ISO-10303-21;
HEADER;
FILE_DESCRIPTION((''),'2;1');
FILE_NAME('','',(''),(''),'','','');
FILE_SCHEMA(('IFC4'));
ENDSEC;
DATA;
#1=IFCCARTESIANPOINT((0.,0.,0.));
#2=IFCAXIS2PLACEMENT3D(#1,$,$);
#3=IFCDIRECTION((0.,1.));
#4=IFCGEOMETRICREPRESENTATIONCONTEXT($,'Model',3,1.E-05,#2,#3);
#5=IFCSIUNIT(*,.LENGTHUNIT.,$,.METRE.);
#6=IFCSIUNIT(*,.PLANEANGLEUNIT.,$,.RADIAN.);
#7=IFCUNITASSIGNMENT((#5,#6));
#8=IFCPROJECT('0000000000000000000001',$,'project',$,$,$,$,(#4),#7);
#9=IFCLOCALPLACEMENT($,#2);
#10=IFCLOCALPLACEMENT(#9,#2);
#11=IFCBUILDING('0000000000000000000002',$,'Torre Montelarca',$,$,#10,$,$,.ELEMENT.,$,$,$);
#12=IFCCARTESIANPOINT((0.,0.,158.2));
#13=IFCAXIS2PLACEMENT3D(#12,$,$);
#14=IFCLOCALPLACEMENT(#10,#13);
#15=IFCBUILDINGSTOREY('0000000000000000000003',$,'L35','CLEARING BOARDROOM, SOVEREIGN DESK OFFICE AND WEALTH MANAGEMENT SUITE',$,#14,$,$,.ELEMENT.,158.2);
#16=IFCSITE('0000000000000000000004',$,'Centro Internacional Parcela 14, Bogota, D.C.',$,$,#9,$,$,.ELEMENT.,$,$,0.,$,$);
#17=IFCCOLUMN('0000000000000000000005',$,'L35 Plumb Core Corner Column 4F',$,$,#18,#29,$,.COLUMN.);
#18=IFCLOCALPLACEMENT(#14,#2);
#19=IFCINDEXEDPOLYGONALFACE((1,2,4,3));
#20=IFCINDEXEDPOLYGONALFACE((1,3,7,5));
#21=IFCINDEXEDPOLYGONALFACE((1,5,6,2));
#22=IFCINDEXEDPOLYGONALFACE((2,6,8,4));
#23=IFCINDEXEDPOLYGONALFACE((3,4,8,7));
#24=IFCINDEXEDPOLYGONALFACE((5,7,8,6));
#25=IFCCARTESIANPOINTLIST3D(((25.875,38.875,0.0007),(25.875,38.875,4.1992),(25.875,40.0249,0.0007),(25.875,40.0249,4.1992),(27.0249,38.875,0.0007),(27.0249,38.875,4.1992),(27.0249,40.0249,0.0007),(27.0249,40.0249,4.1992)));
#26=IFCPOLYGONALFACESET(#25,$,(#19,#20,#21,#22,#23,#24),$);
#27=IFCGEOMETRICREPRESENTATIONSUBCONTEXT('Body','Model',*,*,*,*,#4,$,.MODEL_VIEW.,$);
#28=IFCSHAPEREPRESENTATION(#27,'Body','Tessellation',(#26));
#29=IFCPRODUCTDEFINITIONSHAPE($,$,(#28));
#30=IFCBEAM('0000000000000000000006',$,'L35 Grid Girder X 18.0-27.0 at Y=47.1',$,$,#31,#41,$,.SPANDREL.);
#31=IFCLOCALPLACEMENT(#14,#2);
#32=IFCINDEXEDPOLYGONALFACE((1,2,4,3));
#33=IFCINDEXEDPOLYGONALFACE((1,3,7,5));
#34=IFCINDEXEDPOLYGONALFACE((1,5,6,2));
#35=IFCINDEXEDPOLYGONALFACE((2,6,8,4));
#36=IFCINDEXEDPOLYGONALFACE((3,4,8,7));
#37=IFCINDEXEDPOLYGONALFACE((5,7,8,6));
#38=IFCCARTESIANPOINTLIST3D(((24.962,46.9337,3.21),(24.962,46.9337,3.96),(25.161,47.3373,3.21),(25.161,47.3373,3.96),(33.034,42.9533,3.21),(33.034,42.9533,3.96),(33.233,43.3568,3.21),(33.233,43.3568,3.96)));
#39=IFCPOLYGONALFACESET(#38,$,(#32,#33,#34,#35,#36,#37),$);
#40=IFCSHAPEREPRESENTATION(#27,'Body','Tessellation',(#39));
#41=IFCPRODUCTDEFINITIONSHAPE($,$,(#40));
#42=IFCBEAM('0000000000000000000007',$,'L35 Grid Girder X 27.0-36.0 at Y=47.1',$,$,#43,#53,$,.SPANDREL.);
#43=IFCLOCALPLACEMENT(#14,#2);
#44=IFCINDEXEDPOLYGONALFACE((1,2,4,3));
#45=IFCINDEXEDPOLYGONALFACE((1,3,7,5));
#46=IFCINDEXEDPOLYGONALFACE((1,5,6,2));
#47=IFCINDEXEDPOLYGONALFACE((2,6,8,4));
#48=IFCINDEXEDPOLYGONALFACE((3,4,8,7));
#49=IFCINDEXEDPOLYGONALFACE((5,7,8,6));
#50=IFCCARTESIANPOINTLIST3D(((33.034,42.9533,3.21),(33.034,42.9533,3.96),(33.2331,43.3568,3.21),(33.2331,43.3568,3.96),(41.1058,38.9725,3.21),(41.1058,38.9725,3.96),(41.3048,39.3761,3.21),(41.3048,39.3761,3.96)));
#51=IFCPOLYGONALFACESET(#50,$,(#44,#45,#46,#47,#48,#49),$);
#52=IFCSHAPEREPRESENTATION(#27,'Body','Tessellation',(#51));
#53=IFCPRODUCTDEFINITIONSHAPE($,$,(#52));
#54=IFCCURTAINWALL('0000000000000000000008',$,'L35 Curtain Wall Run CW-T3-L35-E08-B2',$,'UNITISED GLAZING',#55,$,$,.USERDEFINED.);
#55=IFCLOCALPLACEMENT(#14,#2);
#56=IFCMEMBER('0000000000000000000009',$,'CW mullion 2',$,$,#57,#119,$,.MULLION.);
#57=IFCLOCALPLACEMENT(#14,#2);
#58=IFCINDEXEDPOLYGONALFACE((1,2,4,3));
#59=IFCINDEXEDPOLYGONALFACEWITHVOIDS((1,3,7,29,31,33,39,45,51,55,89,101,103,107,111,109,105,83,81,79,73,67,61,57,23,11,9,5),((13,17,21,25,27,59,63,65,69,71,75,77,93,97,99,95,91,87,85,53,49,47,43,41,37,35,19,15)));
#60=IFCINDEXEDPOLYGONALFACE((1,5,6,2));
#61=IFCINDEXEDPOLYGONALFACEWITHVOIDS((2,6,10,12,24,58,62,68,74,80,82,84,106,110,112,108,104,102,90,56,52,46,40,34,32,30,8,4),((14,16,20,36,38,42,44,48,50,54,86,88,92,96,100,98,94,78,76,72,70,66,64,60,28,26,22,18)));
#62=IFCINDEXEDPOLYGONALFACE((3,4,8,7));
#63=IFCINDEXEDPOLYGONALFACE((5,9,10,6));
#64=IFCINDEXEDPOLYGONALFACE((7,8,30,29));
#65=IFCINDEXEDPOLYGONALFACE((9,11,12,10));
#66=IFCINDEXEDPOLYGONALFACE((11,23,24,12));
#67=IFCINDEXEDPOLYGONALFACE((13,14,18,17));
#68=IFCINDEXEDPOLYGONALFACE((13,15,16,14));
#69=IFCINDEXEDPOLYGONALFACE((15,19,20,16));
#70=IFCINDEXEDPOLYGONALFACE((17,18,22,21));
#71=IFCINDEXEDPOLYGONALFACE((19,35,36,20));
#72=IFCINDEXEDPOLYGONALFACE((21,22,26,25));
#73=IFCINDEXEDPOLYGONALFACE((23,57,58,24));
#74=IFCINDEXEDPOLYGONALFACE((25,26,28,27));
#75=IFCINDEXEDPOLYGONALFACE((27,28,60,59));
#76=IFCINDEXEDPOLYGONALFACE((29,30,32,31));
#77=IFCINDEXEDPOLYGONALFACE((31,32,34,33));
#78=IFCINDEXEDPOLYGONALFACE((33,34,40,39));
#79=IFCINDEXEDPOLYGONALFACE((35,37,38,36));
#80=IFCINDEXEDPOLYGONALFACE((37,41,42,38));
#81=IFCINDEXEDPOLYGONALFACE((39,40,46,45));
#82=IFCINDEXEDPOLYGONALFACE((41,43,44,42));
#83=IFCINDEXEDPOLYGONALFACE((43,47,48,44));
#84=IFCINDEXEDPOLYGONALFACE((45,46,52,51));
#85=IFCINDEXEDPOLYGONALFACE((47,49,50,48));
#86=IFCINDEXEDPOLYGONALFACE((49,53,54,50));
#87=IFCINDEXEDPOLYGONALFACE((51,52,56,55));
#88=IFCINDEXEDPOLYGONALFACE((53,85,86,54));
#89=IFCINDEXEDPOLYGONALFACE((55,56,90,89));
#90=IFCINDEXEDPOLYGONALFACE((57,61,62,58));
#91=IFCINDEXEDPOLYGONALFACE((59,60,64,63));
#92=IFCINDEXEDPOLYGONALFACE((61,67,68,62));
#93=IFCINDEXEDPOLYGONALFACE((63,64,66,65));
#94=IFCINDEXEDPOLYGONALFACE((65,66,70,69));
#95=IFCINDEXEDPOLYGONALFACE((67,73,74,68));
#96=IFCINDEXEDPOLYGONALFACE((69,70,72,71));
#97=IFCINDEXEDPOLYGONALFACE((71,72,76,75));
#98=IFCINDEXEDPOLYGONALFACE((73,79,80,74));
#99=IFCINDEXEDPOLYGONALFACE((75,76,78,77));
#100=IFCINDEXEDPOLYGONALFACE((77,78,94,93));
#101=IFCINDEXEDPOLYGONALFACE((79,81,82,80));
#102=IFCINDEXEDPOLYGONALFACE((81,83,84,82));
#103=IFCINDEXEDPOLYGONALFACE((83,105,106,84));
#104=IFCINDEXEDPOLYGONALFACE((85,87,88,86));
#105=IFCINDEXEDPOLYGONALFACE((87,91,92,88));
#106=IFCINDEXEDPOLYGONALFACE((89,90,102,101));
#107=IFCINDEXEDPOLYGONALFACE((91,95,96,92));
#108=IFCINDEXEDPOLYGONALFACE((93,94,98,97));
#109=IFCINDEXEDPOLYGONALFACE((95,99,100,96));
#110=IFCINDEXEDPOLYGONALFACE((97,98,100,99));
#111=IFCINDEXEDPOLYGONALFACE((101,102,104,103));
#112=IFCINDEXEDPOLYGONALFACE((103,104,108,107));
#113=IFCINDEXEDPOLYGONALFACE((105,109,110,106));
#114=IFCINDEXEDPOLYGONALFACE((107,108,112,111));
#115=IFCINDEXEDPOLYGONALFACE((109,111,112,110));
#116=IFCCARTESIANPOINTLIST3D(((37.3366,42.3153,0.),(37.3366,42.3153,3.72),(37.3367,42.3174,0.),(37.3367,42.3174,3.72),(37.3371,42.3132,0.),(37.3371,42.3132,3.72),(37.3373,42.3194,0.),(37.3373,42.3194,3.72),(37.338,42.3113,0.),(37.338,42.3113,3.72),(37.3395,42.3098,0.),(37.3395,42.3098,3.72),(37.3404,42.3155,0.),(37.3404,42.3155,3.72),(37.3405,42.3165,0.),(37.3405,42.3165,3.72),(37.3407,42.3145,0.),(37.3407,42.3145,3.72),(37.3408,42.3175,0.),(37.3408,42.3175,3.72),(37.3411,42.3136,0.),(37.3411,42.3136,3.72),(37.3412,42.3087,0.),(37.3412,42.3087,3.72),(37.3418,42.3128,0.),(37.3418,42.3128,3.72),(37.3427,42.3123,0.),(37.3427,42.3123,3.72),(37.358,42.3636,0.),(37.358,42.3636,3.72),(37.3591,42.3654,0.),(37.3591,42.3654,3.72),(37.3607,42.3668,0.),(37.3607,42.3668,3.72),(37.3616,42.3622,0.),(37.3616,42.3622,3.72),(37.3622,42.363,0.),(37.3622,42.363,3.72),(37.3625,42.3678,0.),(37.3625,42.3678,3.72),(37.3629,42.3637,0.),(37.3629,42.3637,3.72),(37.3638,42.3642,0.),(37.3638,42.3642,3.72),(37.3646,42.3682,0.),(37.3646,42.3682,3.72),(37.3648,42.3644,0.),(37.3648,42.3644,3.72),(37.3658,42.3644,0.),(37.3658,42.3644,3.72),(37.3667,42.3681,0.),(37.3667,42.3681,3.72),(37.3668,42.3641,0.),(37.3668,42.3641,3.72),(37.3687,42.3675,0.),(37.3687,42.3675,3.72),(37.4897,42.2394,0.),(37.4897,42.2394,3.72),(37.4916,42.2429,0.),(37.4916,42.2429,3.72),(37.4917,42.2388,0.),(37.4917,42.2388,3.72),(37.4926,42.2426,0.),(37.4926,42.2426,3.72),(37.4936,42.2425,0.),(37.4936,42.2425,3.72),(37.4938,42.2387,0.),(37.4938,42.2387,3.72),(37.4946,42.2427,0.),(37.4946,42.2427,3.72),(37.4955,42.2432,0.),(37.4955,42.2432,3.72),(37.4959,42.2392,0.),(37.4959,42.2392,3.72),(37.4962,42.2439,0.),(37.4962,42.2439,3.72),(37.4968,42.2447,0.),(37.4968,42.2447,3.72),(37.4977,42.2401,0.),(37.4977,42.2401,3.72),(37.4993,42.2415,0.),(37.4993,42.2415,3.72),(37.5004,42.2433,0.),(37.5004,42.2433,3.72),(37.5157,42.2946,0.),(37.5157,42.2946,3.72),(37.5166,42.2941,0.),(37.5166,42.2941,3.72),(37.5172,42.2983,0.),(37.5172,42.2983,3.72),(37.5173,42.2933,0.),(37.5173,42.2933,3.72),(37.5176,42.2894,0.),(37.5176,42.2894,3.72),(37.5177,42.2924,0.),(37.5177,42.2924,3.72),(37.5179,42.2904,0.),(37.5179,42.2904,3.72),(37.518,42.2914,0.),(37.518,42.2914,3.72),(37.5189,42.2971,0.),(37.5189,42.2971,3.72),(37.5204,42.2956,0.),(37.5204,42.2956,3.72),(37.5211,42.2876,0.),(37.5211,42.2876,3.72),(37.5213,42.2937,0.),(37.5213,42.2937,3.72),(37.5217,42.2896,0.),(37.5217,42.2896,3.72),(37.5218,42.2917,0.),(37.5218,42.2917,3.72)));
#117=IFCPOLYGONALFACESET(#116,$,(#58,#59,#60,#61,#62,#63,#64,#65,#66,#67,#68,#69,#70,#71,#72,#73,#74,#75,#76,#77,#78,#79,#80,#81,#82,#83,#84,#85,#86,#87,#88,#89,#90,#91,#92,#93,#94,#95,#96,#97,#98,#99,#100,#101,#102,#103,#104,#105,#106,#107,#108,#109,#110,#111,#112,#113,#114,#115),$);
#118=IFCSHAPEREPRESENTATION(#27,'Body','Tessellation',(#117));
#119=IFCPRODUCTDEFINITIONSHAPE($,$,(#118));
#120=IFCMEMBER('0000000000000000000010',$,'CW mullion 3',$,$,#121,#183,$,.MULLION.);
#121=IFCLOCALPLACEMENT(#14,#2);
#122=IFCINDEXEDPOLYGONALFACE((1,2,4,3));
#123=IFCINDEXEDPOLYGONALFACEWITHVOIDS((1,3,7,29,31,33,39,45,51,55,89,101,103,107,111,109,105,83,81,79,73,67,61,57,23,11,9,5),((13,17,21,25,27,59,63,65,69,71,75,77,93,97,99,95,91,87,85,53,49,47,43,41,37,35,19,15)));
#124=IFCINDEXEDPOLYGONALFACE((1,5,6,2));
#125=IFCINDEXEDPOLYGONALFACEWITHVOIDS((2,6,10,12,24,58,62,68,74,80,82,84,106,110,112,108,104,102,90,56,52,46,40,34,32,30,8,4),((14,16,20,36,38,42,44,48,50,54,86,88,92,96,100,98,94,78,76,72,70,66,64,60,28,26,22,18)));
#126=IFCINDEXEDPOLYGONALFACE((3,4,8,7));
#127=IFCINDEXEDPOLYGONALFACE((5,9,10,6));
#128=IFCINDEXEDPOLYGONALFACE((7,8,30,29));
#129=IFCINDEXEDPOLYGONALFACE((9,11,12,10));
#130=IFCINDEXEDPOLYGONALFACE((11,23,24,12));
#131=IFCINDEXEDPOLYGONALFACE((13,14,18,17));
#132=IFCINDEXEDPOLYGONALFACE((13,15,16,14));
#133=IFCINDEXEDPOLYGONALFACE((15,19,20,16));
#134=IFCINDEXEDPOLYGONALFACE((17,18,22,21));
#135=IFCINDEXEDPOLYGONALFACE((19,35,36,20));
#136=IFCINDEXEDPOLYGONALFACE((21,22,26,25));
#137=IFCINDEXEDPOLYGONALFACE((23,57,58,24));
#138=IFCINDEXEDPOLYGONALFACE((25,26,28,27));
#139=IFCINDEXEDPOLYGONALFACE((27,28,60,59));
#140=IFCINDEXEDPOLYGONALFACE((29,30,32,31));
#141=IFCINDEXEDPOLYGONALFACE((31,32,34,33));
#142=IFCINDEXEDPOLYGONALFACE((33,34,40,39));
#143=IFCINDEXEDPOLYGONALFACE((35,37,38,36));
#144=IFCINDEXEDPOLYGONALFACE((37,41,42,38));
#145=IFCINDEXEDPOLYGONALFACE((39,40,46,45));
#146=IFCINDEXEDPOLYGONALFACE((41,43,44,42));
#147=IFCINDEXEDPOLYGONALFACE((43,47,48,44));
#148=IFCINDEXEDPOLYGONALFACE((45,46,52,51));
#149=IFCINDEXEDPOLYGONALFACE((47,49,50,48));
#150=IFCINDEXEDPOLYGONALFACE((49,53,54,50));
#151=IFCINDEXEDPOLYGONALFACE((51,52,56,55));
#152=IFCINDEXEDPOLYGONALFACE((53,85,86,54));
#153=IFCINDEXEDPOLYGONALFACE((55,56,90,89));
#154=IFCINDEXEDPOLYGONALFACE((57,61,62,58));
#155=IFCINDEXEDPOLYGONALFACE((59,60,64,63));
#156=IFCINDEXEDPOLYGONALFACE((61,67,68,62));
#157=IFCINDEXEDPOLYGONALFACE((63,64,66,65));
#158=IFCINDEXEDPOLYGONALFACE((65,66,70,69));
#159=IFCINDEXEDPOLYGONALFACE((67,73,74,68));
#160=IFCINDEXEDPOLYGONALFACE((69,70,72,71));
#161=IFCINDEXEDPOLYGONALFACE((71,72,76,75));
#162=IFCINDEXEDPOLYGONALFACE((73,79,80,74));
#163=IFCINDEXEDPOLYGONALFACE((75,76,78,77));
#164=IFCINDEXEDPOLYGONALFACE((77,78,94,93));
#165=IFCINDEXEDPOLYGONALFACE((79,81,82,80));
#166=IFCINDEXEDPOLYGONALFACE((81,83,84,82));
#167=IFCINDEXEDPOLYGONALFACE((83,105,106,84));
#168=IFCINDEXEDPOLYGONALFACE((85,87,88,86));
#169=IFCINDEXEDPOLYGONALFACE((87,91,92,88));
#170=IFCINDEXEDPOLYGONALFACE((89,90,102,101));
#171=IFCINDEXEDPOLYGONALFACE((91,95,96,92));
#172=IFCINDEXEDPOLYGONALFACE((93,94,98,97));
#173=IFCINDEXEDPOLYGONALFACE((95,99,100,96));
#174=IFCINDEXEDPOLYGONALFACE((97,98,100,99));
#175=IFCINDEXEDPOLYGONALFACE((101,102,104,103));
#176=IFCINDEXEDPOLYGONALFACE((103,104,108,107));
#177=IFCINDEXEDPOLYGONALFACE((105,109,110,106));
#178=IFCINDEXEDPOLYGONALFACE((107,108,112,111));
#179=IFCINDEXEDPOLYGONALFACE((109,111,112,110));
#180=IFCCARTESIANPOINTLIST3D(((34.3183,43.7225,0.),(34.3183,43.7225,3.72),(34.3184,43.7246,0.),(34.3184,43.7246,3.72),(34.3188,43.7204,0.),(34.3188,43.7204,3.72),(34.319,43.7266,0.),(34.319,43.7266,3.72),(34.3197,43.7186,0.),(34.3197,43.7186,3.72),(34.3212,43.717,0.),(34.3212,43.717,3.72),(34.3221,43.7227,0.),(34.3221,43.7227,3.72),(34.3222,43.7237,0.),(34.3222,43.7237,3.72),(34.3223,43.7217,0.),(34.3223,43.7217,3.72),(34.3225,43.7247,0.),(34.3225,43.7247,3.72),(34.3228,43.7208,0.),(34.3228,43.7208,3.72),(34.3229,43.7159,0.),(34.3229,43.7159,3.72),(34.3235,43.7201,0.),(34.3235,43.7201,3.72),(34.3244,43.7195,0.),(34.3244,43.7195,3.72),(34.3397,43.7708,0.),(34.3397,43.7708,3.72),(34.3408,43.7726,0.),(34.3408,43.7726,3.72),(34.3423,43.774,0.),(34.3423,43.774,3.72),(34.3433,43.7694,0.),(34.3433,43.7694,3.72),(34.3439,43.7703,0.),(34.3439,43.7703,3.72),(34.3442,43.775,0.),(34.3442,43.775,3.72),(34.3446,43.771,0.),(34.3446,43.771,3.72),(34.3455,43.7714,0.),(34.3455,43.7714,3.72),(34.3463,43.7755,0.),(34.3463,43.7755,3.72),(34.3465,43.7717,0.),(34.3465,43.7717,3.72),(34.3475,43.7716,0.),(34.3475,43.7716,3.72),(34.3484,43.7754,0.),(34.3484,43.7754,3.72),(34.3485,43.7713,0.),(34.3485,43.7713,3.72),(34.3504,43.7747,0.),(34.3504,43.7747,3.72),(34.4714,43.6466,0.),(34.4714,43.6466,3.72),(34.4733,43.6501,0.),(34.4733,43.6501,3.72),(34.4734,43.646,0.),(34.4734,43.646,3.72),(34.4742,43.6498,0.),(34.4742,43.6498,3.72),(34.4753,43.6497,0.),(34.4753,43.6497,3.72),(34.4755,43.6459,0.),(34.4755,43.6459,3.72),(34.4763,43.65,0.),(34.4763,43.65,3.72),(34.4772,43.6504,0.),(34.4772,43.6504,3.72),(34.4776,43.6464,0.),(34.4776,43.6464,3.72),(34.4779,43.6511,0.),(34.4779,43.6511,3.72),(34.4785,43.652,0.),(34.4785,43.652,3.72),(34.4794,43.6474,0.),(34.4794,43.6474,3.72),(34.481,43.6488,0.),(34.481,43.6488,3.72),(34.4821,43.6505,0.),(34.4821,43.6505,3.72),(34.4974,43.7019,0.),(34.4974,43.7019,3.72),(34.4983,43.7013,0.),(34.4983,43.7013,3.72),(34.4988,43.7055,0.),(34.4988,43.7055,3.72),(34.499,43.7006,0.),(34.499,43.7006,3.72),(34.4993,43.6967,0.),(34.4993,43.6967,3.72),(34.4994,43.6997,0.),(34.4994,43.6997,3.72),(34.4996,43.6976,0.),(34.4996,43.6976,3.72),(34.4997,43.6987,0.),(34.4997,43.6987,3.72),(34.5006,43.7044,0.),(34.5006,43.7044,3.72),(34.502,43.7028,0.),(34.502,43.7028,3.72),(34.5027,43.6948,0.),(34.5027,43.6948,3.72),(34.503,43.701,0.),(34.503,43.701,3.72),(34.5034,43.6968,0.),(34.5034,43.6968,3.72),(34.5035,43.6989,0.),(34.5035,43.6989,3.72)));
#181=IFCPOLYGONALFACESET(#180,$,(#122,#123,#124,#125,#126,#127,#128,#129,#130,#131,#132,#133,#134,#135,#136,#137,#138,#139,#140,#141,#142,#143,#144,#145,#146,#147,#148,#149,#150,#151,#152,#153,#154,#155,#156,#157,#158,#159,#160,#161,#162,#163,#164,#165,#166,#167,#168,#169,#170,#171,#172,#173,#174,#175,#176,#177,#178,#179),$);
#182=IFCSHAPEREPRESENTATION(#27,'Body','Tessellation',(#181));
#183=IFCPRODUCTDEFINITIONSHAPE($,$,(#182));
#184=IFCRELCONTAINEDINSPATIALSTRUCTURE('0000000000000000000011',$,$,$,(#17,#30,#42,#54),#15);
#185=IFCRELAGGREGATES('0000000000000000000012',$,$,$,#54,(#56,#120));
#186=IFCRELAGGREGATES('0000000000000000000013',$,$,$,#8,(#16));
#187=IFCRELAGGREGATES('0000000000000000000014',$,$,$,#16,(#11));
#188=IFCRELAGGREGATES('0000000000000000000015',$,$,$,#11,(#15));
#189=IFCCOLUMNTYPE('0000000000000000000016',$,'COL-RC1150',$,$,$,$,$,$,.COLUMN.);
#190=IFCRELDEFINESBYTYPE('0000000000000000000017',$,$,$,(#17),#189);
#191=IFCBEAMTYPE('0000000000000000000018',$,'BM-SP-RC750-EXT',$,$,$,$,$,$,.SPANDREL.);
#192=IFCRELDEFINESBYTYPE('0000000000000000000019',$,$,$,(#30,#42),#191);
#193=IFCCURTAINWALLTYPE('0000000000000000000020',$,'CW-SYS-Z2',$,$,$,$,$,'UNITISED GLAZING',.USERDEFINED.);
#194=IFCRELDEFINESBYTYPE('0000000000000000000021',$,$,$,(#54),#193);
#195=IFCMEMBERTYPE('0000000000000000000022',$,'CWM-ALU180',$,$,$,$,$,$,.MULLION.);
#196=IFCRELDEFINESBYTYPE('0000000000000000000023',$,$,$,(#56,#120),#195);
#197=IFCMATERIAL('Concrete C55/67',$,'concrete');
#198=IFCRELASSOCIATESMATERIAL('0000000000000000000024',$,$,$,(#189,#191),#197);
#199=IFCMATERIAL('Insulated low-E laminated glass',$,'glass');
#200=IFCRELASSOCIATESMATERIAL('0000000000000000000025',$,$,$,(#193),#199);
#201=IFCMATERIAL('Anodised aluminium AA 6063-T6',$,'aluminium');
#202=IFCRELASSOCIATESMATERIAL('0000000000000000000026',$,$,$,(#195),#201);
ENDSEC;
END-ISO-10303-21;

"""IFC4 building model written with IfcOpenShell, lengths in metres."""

from ifc_helpers import new_model, si_unit, direction, frame, origin, origin_2d, place, context, subcontext, project, spatial, rectangle, hollow_rectangle, extrude, source, transform, mapped, material, material_profile, profile_set, type_object, element, aggregate, save


model = new_model("IFC4")

# Units and contexts
model_context = context("Model", 3, precision=1e-05, world=origin(), true_north=direction((0.0, 1.0)))
body_context = subcontext(model_context, "Body", "Model", "MODEL_VIEW")
ifc_project = project(units=[si_unit("LENGTHUNIT", "METRE"), si_unit("PLANEANGLEUNIT", "RADIAN")], contexts=[model_context])

# Site, building, storey
site_placement = place(None, origin())
site = spatial("IfcSite", under=ifc_project, at=site_placement, Name="Centro Internacional Parcela 14, Bogota, D.C.", CompositionType="ELEMENT", RefElevation=0.0)
building_placement = place(site_placement, origin())
building = spatial("IfcBuilding", under=site, at=building_placement, Name="Torre Montelarca", CompositionType="ELEMENT")
storey_placement = place(building_placement, frame((0.0, 0.0, 158.2)))
storey = spatial("IfcBuildingStorey", under=building, at=storey_placement, Name="L35", Description="CLEARING BOARDROOM, SOVEREIGN DESK OFFICE AND WEALTH MANAGEMENT SUITE", CompositionType="ELEMENT", Elevation=158.2)

# Column
ifc_material_1 = material(Name="Concrete C55/67", Category="concrete")
ifc_material_profile_1 = material_profile(ifc_material_1, rectangle(XDim=1.1499, YDim=1.1499, at=origin_2d()), Name="RC1150X1150", Category="concrete")
ifc_profile_set_1 = profile_set([ifc_material_profile_1], Name="Concrete C55/67")
column_type_1 = type_object("IfcColumnType", Name="COL-RC1150", PredefinedType="COLUMN", material=ifc_profile_set_1)
shared_shape_1 = source(origin(), body_context, "Body", "SweptSolid", [
    extrude(rectangle(XDim=1.1499, YDim=1.1499, at=origin_2d()), origin(), (0.0, 0.0, 1.0), 4.1985),
])
column_1_placement = place(storey_placement, frame((26.45, 39.45, 0.0007), z_axis=(0.0, 0.0, 1.0), x_axis=(1.0, 0.0, 0.0)))
element("IfcColumn", 1, at=column_1_placement, inside=storey, type_object=column_type_1, Name="L35 Plumb Core Corner Column 4F", PredefinedType="COLUMN", context=body_context, shape_type="MappedRepresentation", body=[
    mapped(shared_shape_1, transform((0.0, 0.0, 0.0), scale=1.0)),
])

# Beams
ifc_material_profile_2 = material_profile(ifc_material_1, rectangle(XDim=0.45, YDim=0.75, at=origin_2d()), Name="RCB450X750", Category="concrete")
ifc_profile_set_2 = profile_set([ifc_material_profile_2], Name="Concrete C55/67")
beam_type = type_object("IfcBeamType", Name="BM-SP-RC750-EXT", PredefinedType="SPANDREL", material=ifc_profile_set_2)
shared_shape_2 = source(origin(), body_context, "Body", "SweptSolid", [
    extrude(rectangle(XDim=0.45, YDim=0.75, at=origin_2d()), origin(), (0.0, 0.0, 1.0), 9.0),
])
for number, where, z_axis, x_axis, name in (
    (2, (25.0615, 47.1355, 3.585), (0.896882, -0.44227, 0.0), (0.44227, 0.896882, 0.0), "L35 Grid Girder X 18.0-27.0 at Y=47.1"),
    (3, (33.1335, 43.155, 3.585), (0.896866, -0.442302, 0.0), (0.442302, 0.896866, 0.0), "L35 Grid Girder X 27.0-36.0 at Y=47.1"),
):
    element("IfcBeam", number, at=place(storey_placement, frame(where, z_axis=z_axis, x_axis=x_axis)), inside=storey, type_object=beam_type, Name=name, PredefinedType="SPANDREL", context=body_context, shape_type="MappedRepresentation", body=[
        mapped(shared_shape_2, transform((0.0, 0.0, 0.0), scale=1.0)),
    ])

# Curtain wall, members
ifc_material_2 = material(Name="Insulated low-E laminated glass", Category="glass")
curtain_wall_type = type_object("IfcCurtainWallType", Name="CW-SYS-Z2", ElementType="UNITISED GLAZING", PredefinedType="USERDEFINED", material=ifc_material_2)
curtain_wall_1_placement = place(storey_placement, origin())
curtain_wall_1 = element("IfcCurtainWall", 4, at=curtain_wall_1_placement, inside=storey, type_object=curtain_wall_type, Name="L35 Curtain Wall Run CW-T3-L35-E08-B2", ObjectType="UNITISED GLAZING", PredefinedType="USERDEFINED")
ifc_material_3 = material(Name="Anodised aluminium AA 6063-T6", Category="aluminium")
ifc_material_profile_3 = material_profile(ifc_material_3, hollow_rectangle(XDim=0.0649, YDim=0.1799, WallThickness=0.0039, InnerFilletRadius=0.0039, OuterFilletRadius=0.0081, at=origin_2d()), Name="ALU65X180X4", Category="aluminium")
ifc_profile_set_3 = profile_set([ifc_material_profile_3], Name="Anodised aluminium AA 6063-T6")
member_type_1 = type_object("IfcMemberType", Name="CWM-ALU180", PredefinedType="MULLION", material=ifc_profile_set_3)
shared_shape_3 = source(origin(), body_context, "Body", "SweptSolid", [
    extrude(hollow_rectangle(XDim=0.0649, YDim=0.1799, WallThickness=0.0039, InnerFilletRadius=0.0039, OuterFilletRadius=0.0081, at=origin_2d()), origin(), (0.0, 0.0, 1.0), 3.72),
])
member_1_placement = place(storey_placement, frame((37.4292, 42.3035, 0.0), z_axis=(0.0, 0.0, 1.0), x_axis=(-0.422608, -0.906313, 0.0)))
member_1 = element("IfcMember", 5, at=member_1_placement, type_object=member_type_1, Name="CW mullion 2", PredefinedType="MULLION", context=body_context, shape_type="MappedRepresentation", body=[
    mapped(shared_shape_3, transform((0.0, 0.0, 0.0), scale=1.0)),
])
member_2_placement = place(storey_placement, frame((34.4109, 43.7107, 0.0), z_axis=(0.0, 0.0, 1.0), x_axis=(-0.422608, -0.906313, 0.0)))
member_2 = element("IfcMember", 6, at=member_2_placement, type_object=member_type_1, Name="CW mullion 3", PredefinedType="MULLION", context=body_context, shape_type="MappedRepresentation", body=[
    mapped(shared_shape_3, transform((0.0, 0.0, 0.0), scale=1.0)),
])

aggregate(curtain_wall_1, [member_1, member_2])

save(model, "model.ifc")
